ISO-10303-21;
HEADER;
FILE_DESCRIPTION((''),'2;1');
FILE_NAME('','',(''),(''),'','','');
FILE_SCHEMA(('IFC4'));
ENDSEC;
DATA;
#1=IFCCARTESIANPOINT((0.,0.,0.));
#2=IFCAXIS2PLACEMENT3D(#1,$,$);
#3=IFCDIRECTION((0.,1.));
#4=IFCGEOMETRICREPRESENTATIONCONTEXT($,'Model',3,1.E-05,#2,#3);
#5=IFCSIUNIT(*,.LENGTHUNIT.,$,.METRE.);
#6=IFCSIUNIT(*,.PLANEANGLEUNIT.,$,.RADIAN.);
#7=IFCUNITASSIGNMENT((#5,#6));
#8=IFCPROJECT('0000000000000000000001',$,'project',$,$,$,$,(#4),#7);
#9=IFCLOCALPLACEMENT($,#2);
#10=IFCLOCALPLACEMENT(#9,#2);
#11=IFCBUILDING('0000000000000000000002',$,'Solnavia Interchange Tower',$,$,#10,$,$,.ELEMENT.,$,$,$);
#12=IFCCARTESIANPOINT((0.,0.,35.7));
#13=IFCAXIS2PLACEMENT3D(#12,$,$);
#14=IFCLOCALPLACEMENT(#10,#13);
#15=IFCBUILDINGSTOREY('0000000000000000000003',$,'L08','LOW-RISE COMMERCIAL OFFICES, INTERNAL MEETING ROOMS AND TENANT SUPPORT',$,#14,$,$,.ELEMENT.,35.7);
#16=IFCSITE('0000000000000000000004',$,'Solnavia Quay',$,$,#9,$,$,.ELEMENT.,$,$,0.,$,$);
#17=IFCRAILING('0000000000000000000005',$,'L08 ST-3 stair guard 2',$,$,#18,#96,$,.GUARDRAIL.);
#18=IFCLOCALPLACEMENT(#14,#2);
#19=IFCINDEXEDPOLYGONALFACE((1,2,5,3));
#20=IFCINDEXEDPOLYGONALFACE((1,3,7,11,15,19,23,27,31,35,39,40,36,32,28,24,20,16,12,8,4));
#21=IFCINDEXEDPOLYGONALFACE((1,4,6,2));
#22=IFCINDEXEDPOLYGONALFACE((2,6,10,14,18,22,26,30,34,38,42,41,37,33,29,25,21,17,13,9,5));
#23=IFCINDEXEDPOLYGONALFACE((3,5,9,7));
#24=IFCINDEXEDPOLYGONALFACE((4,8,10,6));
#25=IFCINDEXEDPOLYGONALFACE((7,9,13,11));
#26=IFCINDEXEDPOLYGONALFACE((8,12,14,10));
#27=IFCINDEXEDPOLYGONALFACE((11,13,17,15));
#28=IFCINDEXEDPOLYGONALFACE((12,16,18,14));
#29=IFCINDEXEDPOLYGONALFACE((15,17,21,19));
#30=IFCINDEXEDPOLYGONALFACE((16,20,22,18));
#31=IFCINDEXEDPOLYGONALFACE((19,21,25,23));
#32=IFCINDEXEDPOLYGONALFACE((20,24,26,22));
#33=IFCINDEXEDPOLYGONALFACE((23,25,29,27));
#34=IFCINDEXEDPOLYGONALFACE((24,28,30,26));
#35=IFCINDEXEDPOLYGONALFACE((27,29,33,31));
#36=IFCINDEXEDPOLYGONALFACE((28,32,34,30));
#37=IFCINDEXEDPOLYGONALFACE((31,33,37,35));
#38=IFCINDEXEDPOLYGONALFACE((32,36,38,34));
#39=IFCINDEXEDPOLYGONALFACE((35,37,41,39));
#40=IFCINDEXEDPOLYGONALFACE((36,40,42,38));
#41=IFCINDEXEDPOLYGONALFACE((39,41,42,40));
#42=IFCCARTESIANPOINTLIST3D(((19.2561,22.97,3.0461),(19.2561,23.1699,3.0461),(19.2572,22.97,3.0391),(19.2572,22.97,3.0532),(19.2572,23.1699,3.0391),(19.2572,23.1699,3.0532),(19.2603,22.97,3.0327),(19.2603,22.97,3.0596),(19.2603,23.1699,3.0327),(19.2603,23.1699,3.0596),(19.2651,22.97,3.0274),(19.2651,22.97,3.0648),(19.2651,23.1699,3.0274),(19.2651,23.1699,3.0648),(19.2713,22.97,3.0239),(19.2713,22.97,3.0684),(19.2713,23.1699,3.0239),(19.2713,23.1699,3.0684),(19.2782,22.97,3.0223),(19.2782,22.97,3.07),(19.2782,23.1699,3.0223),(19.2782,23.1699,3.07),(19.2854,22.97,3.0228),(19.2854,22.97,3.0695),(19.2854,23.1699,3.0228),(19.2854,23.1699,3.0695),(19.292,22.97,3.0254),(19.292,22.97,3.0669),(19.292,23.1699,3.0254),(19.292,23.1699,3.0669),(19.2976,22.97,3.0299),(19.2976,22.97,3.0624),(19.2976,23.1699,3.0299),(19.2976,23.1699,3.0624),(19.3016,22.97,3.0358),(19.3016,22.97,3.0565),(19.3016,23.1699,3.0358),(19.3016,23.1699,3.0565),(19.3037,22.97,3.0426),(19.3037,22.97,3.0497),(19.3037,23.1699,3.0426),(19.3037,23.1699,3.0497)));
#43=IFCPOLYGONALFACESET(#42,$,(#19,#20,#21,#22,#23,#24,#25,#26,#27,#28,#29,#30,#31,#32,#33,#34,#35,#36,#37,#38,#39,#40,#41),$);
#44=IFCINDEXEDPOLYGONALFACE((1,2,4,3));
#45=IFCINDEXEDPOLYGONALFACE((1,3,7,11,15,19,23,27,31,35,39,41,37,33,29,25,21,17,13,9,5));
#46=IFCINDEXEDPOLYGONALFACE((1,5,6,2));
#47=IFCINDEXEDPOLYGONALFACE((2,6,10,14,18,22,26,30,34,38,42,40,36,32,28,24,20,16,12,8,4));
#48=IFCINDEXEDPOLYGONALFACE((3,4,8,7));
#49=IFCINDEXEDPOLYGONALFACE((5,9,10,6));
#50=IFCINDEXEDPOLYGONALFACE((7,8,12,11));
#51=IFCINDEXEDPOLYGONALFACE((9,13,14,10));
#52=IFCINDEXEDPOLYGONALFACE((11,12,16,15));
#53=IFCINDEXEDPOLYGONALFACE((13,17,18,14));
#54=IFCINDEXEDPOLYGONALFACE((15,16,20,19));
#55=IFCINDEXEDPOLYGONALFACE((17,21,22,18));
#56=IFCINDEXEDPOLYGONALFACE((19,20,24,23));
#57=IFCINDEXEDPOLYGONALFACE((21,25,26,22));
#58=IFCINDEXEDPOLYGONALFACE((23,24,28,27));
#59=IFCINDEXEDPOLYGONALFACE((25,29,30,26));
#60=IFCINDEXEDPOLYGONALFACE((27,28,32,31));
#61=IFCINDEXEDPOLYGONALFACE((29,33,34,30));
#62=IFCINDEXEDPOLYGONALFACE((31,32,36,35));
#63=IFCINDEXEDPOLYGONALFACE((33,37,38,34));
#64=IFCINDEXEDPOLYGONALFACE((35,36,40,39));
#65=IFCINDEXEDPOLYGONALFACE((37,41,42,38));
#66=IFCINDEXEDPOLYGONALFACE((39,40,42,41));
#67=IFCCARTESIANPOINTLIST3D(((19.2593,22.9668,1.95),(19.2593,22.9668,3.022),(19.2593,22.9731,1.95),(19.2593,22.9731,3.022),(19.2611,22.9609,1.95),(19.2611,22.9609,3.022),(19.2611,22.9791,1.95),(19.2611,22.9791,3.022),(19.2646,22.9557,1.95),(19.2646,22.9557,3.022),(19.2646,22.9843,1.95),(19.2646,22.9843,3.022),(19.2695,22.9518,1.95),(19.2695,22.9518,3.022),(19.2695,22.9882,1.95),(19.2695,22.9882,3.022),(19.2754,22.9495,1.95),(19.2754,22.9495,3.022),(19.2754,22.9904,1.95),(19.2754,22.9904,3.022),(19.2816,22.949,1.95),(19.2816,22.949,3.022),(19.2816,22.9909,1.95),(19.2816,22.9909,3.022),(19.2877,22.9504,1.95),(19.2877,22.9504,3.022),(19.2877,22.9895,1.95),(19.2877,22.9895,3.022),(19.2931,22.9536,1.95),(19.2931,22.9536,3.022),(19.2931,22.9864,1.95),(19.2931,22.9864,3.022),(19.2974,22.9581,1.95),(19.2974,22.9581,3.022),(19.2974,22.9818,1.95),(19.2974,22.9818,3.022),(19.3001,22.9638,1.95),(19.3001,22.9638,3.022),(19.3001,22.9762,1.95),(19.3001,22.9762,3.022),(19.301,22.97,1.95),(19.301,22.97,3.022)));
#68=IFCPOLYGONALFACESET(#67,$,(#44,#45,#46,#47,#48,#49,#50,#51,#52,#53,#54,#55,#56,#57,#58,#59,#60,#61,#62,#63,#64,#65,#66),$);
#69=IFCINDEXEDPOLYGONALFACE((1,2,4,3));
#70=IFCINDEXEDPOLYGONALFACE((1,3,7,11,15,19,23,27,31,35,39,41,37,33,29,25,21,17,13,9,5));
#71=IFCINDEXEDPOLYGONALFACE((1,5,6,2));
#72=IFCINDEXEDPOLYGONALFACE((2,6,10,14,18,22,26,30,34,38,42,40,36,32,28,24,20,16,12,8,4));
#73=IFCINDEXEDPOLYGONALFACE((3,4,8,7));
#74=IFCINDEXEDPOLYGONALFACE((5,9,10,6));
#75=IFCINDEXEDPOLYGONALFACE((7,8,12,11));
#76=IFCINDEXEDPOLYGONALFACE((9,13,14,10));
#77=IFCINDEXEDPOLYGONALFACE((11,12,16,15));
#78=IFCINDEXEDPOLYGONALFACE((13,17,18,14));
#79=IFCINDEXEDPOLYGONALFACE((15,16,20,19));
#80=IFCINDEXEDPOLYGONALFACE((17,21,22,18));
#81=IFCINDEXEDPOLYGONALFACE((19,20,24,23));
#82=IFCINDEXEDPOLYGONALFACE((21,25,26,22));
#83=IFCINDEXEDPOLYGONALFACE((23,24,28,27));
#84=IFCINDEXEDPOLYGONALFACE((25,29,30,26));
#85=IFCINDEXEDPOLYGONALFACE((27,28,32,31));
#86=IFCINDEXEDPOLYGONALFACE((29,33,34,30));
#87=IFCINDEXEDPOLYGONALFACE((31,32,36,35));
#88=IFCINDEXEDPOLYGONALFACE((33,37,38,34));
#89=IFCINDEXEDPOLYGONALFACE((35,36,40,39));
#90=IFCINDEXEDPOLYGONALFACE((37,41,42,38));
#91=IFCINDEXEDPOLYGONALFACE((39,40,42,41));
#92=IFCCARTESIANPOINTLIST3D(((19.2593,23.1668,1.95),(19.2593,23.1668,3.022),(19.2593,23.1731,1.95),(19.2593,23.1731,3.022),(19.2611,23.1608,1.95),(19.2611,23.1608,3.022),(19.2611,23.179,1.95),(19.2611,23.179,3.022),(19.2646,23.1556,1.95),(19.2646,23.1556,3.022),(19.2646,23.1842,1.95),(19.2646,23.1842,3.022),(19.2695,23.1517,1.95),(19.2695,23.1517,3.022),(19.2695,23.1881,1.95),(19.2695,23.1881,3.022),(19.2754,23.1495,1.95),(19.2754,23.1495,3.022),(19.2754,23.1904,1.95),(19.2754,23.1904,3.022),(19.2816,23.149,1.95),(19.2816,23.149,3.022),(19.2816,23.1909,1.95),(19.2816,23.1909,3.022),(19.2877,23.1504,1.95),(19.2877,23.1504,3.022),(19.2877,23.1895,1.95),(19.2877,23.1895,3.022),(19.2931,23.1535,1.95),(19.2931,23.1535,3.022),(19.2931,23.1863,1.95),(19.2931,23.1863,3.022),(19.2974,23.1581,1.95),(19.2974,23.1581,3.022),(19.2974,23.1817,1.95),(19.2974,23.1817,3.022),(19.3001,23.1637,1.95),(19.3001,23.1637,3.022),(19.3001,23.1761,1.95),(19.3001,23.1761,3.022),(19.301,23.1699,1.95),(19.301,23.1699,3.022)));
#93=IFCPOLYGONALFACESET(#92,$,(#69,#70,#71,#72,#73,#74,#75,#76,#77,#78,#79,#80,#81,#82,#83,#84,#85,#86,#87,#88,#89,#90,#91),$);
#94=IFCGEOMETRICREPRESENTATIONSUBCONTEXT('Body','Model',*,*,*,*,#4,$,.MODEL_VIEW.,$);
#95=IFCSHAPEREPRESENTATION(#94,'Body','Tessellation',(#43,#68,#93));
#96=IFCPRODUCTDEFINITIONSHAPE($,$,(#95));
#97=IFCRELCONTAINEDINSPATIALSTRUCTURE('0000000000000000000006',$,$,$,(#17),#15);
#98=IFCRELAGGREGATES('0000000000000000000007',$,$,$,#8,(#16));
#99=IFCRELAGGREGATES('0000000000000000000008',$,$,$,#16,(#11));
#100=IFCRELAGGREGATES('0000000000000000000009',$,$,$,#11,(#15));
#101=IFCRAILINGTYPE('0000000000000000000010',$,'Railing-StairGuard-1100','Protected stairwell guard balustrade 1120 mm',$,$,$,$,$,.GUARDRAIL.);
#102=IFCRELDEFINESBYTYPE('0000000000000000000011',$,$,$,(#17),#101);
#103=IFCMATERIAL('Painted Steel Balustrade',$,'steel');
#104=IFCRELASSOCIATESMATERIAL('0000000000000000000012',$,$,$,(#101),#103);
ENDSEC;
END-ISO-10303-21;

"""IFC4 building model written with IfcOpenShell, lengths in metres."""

from ifc_helpers import new_model, si_unit, direction, frame, origin, origin_2d, place, context, subcontext, project, spatial, circle, extrude, material, type_object, element, save


model = new_model("IFC4")

# Units and contexts
model_context = context("Model", 3, precision=1e-05, world=origin(), true_north=direction((0.0, 1.0)))
body_context = subcontext(model_context, "Body", "Model", "MODEL_VIEW")
ifc_project = project(units=[si_unit("LENGTHUNIT", "METRE"), si_unit("PLANEANGLEUNIT", "RADIAN")], contexts=[model_context])

# Site, building, storey
site_placement = place(None, origin())
site = spatial("IfcSite", under=ifc_project, at=site_placement, Name="Solnavia Quay", CompositionType="ELEMENT", RefElevation=0.0)
building_placement = place(site_placement, origin())
building = spatial("IfcBuilding", under=site, at=building_placement, Name="Solnavia Interchange Tower", CompositionType="ELEMENT")
storey_placement = place(building_placement, frame((0.0, 0.0, 35.7)))
storey = spatial("IfcBuildingStorey", under=building, at=storey_placement, Name="L08", Description="LOW-RISE COMMERCIAL OFFICES, INTERNAL MEETING ROOMS AND TENANT SUPPORT", CompositionType="ELEMENT", Elevation=35.7)

# Railing
ifc_material_1 = material(Name="Painted Steel Balustrade", Category="steel")
railing_type_1 = type_object("IfcRailingType", Name="Railing-StairGuard-1100", Description="Protected stairwell guard balustrade 1120 mm", PredefinedType="GUARDRAIL", material=ifc_material_1)
railing_1_placement = place(storey_placement, frame((19.28, 22.97, 1.95)))
element("IfcRailing", 1, at=railing_1_placement, inside=storey, type_object=railing_type_1, Name="L08 ST-3 stair guard 2", PredefinedType="GUARDRAIL", context=body_context, shape_type="SweptSolid", body=[
    extrude(circle(Radius=0.0239, at=origin_2d()), frame((0.0, 0.0, 1.0962), z_axis=(0.0, 1.0, 0.0), x_axis=(-1.0, 0.0, 0.0)), (0.0, 0.0, 1.0), 0.2),
    extrude(circle(Radius=0.021, at=origin_2d()), origin(), (0.0, 0.0, 1.0), 1.072),
    extrude(circle(Radius=0.021, at=origin_2d()), frame((0.0, 0.2, 0.0)), (0.0, 0.0, 1.0), 1.072),
])

save(model, "model.ifc")
